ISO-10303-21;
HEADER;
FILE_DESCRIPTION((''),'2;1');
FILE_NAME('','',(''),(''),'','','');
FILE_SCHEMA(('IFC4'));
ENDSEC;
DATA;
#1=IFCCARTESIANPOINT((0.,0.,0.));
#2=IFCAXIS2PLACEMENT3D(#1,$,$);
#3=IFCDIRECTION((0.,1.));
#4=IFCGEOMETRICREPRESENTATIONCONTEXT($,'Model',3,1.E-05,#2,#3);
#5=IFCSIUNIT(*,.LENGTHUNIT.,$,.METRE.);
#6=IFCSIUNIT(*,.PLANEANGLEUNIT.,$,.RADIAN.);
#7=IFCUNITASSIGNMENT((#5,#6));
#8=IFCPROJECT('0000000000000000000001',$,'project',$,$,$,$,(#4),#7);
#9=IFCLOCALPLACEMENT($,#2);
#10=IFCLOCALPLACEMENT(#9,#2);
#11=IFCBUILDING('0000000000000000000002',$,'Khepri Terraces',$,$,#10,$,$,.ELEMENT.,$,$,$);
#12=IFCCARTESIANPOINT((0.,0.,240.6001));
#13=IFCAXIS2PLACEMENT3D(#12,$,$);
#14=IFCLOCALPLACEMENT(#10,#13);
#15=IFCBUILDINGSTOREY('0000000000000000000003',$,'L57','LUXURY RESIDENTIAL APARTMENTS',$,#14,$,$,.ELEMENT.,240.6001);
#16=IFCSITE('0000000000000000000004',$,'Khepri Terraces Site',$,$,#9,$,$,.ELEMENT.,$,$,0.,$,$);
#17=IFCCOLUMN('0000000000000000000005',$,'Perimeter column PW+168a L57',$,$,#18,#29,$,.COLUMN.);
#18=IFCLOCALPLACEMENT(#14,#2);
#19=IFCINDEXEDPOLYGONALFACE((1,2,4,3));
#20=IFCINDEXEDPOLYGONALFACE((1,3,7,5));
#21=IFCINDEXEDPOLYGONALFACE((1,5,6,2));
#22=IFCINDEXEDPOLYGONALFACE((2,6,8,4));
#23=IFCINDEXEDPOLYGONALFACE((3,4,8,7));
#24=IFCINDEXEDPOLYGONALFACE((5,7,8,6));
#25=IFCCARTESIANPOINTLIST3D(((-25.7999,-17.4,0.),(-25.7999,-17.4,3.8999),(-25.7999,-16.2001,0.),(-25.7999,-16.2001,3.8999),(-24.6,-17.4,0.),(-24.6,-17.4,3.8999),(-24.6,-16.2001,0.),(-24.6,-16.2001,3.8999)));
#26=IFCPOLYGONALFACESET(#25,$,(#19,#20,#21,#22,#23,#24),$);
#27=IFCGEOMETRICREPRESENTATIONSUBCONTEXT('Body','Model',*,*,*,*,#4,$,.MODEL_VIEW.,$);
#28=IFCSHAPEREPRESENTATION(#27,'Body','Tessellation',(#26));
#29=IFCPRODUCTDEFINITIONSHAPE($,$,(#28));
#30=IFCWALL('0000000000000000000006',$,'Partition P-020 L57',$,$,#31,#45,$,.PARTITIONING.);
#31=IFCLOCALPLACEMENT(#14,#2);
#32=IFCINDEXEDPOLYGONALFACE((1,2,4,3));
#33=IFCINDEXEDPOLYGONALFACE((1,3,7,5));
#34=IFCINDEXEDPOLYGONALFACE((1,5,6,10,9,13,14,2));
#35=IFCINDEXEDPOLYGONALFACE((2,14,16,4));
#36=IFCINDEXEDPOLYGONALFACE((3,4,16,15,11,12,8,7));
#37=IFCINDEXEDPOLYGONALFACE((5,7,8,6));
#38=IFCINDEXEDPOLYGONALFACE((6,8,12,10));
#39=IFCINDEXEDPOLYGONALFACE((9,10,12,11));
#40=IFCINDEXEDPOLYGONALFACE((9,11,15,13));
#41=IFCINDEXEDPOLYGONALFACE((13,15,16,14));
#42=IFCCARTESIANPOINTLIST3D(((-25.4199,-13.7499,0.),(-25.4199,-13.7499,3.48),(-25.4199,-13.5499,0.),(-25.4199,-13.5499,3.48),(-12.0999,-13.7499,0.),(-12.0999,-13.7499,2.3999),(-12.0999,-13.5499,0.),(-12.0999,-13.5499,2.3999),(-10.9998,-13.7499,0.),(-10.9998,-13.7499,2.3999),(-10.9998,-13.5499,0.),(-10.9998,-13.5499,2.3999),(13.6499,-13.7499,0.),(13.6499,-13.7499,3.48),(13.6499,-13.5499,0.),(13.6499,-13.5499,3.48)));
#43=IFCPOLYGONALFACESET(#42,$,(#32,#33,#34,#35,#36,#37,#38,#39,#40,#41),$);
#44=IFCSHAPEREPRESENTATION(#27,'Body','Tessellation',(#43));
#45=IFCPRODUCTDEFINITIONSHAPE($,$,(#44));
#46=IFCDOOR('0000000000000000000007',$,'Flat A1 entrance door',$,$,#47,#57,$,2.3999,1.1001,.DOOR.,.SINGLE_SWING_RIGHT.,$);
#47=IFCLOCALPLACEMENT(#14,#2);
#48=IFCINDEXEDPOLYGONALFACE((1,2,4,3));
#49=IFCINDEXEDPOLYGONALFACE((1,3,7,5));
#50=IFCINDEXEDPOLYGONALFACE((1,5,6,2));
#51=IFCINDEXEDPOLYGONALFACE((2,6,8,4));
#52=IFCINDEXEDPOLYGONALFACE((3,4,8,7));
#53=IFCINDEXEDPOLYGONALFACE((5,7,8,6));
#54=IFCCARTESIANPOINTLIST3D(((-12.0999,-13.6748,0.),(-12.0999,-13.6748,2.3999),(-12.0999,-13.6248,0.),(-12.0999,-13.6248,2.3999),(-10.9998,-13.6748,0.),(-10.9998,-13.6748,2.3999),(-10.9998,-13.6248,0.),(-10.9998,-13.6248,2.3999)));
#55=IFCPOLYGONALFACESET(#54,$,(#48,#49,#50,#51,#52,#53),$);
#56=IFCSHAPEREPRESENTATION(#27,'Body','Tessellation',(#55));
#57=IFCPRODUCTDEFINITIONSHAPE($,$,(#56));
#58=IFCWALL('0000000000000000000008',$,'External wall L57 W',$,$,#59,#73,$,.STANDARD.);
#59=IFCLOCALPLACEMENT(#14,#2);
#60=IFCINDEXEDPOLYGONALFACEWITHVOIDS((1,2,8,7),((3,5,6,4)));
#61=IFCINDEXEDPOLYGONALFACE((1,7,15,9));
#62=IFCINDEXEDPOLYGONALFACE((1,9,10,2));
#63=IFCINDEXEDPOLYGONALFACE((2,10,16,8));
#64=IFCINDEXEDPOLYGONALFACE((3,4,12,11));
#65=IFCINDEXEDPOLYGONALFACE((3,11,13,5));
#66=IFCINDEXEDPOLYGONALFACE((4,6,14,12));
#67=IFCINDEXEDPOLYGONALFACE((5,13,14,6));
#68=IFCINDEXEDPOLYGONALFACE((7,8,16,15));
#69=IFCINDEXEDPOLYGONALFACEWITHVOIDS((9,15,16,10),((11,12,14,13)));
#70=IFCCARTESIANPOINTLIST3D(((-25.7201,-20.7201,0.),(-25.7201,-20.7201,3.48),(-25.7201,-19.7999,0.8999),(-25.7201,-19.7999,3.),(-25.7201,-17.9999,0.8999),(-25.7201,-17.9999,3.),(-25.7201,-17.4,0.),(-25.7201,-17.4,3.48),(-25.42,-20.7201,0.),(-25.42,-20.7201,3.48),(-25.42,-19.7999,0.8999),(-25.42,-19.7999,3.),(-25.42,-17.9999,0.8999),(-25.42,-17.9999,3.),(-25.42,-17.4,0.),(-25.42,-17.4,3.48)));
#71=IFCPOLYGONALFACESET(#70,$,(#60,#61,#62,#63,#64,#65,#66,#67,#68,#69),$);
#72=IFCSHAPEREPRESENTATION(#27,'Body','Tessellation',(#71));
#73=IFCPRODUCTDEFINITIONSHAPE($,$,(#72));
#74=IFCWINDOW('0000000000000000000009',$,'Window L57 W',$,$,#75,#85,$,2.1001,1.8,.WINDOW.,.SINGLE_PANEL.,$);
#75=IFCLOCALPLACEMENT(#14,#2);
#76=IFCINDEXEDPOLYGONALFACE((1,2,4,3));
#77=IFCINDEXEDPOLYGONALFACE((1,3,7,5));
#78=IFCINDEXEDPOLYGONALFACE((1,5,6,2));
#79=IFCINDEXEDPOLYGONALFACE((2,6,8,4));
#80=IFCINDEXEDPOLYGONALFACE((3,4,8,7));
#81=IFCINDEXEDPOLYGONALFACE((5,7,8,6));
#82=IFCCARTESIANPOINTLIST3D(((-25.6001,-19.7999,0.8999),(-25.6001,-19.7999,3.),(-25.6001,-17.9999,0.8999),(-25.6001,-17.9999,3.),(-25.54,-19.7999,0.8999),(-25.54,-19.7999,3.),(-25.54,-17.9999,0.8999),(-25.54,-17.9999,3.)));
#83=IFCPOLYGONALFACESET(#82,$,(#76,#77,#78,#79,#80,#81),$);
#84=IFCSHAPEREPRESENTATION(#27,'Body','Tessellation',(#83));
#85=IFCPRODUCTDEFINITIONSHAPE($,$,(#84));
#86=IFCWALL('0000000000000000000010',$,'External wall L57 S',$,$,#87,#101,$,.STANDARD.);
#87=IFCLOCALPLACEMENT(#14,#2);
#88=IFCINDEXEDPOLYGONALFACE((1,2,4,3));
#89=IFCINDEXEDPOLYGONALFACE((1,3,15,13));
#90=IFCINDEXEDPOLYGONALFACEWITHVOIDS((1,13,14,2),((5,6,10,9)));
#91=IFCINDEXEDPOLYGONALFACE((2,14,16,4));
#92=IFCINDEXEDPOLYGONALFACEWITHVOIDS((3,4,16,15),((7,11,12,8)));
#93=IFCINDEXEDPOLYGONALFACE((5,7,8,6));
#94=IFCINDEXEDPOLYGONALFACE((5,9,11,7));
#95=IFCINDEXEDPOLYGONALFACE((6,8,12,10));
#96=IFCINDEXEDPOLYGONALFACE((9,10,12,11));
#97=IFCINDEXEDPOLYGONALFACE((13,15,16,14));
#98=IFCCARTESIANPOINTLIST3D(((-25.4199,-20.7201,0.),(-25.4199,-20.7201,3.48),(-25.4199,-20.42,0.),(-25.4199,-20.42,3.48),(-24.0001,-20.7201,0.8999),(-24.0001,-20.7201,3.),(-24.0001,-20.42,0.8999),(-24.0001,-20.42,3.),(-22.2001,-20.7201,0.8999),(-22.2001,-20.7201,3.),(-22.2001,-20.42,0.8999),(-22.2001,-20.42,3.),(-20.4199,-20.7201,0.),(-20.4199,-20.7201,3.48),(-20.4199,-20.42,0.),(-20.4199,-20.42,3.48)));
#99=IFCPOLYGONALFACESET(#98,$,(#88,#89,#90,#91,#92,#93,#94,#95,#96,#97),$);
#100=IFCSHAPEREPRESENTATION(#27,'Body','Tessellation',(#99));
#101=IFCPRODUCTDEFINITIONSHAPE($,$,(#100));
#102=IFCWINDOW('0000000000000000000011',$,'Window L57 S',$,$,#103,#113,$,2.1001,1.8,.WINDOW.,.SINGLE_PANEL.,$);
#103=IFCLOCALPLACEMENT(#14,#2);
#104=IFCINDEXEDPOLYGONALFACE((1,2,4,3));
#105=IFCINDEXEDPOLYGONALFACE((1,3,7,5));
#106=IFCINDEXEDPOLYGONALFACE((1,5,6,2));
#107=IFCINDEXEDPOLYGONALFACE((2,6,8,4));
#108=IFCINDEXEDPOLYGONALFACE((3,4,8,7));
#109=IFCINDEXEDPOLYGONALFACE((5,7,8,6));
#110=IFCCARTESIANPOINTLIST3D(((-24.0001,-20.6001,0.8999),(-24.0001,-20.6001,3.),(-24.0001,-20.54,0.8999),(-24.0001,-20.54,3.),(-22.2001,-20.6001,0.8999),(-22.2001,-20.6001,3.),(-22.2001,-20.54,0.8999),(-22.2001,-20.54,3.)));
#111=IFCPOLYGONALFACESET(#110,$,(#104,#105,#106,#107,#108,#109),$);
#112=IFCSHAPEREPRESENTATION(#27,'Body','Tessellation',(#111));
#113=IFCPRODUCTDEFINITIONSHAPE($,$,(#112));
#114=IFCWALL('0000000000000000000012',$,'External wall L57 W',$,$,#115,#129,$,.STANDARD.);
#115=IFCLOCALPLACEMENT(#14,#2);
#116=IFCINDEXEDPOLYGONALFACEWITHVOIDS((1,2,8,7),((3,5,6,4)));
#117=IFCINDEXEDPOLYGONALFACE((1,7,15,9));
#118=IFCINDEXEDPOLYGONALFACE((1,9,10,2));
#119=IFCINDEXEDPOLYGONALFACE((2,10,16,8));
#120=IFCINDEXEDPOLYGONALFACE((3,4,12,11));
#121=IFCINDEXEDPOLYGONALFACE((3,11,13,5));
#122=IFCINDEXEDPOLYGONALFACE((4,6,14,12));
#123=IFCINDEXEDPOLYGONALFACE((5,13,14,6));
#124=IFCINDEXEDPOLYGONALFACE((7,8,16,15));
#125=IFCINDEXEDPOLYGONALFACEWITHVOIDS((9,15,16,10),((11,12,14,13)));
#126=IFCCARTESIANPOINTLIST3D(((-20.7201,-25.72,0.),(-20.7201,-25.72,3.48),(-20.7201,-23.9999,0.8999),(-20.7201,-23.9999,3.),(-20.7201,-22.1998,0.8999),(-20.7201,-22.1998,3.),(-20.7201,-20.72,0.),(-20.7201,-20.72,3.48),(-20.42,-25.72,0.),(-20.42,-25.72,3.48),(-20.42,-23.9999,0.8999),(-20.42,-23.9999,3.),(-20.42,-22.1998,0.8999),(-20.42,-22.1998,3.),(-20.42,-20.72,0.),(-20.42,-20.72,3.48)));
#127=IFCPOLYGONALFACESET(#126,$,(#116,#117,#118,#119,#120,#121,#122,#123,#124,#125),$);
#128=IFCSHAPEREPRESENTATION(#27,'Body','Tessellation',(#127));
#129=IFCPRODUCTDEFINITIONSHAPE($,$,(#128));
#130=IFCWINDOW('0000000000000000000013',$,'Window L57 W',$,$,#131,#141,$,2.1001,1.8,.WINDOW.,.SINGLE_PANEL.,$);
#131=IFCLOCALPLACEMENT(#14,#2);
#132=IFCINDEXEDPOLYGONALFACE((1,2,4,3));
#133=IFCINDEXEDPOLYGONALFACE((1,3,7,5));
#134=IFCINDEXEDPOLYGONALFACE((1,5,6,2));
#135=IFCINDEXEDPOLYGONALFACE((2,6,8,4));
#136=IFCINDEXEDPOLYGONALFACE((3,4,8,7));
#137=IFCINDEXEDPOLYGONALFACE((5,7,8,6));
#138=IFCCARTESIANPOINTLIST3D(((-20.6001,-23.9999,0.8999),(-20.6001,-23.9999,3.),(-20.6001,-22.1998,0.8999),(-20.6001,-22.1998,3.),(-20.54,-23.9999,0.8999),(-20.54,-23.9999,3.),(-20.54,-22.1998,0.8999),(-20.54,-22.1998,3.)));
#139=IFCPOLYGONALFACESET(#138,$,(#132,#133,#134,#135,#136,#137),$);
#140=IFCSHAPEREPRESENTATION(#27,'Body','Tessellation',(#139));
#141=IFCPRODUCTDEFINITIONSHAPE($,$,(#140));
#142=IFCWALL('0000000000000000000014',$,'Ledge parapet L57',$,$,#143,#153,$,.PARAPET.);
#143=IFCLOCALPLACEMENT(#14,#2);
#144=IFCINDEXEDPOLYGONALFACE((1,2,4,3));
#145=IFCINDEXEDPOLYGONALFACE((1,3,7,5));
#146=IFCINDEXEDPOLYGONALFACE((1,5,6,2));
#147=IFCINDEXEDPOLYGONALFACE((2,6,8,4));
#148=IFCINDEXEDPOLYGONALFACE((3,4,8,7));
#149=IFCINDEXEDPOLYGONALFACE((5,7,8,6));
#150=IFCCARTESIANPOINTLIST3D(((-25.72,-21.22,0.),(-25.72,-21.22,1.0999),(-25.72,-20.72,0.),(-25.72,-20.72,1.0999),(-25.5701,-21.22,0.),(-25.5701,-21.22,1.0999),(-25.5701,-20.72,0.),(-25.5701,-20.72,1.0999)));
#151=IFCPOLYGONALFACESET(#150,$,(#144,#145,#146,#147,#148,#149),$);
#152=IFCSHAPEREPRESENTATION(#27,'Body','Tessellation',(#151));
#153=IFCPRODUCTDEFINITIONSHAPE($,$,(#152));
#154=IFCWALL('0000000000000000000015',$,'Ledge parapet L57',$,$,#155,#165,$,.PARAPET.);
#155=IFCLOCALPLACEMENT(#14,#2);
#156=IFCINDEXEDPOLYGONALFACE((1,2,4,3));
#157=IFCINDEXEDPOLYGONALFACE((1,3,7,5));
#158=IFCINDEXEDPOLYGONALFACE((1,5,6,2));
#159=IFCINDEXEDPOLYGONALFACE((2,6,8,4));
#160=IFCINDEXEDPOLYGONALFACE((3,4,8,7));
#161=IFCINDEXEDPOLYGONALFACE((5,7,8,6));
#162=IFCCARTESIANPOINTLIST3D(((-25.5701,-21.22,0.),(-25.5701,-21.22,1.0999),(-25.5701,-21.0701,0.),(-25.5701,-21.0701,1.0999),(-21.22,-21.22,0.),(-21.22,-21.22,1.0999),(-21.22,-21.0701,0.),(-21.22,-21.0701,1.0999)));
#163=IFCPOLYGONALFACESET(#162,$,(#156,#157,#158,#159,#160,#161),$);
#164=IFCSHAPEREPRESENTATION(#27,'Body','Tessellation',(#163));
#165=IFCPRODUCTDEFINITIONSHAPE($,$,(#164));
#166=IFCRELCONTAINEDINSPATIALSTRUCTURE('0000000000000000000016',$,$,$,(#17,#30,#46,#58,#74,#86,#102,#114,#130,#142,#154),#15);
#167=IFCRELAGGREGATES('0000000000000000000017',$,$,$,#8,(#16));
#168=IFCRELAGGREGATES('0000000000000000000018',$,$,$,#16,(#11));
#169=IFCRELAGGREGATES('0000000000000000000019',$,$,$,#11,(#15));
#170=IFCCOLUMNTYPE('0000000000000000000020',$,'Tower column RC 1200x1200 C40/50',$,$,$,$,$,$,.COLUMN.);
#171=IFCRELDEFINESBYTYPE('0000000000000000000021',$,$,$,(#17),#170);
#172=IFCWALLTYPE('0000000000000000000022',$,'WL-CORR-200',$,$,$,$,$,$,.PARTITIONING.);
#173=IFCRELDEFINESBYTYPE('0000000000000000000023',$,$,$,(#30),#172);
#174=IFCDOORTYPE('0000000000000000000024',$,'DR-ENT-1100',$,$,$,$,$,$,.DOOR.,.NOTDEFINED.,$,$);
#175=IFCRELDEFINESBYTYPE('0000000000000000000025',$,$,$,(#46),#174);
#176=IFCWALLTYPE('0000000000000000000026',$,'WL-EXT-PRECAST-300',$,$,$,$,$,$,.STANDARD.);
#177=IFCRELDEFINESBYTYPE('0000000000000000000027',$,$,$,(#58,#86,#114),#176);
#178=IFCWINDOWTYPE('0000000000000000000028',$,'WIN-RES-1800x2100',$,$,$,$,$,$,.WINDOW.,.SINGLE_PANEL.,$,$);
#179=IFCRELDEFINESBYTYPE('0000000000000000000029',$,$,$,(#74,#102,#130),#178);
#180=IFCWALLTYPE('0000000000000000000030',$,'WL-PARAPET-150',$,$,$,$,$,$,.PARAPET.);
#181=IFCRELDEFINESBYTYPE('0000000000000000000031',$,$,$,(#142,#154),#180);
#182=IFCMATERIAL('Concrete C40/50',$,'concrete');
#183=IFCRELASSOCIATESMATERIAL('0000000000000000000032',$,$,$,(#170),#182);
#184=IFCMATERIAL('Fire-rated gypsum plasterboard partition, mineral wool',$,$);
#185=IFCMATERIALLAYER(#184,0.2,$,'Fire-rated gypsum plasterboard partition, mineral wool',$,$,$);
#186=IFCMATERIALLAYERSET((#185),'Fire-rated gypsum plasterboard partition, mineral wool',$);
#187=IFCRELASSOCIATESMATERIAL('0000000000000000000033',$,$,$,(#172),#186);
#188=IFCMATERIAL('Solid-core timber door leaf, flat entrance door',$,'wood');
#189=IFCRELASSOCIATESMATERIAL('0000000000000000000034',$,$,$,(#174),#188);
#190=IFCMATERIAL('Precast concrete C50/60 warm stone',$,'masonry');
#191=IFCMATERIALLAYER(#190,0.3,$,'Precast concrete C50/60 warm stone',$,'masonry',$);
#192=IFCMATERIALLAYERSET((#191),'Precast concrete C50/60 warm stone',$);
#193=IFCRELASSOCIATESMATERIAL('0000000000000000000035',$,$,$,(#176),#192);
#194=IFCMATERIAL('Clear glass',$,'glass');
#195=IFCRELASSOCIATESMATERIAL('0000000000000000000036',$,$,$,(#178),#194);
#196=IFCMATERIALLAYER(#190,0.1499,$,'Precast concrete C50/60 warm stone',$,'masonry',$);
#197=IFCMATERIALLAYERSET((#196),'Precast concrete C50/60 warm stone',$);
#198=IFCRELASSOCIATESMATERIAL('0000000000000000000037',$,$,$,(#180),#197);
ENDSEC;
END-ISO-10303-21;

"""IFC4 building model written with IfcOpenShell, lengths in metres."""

from ifc_helpers import new_model, si_unit, direction, frame, frame_2d, origin, origin_2d, place, context, subcontext, project, spatial, rectangle, extrude, material, layer, layer_set, material_profile, profile_set, type_object, element, fill, save


model = new_model("IFC4")

# Units and contexts
model_context = context("Model", 3, precision=1e-05, world=origin(), true_north=direction((0.0, 1.0)))
body_context = subcontext(model_context, "Body", "Model", "MODEL_VIEW")
ifc_project = project(units=[si_unit("LENGTHUNIT", "METRE"), si_unit("PLANEANGLEUNIT", "RADIAN")], contexts=[model_context])

# Site, building, storey
site_placement = place(None, origin())
site = spatial("IfcSite", under=ifc_project, at=site_placement, Name="Khepri Terraces Site", CompositionType="ELEMENT", RefElevation=0.0)
building_placement = place(site_placement, origin())
building = spatial("IfcBuilding", under=site, at=building_placement, Name="Khepri Terraces", CompositionType="ELEMENT")
storey_placement = place(building_placement, frame((0.0, 0.0, 240.6001)))
storey = spatial("IfcBuildingStorey", under=building, at=storey_placement, Name="L57", Description="LUXURY RESIDENTIAL APARTMENTS", CompositionType="ELEMENT", Elevation=240.6001)

# Column
ifc_material_1 = material(Name="Concrete C40/50", Category="concrete")
ifc_material_profile = material_profile(ifc_material_1, rectangle(XDim=1.2, YDim=1.2, at=origin_2d()), Name="Concrete C40/50", Category="concrete")
ifc_profile_set = profile_set([ifc_material_profile], Name="Concrete C40/50")
column_type = type_object("IfcColumnType", Name="Tower column RC 1200x1200 C40/50", PredefinedType="COLUMN", material=ifc_profile_set)
column_placement = place(storey_placement, frame((-25.2, -16.8, 0.0), z_axis=(0.0, 0.0, 1.0), x_axis=(1.0, 0.0, 0.0)))
element("IfcColumn", 1, at=column_placement, inside=storey, type_object=column_type, Name="Perimeter column PW+168a L57", PredefinedType="COLUMN", context=body_context, shape_type="SweptSolid", body=[
    extrude(rectangle(XDim=1.2, YDim=1.2, at=origin_2d()), origin(), (0.0, 0.0, 1.0), 3.8999),
])

# Wall, opening, door
ifc_material_2 = material(Name="Fire-rated gypsum plasterboard partition, mineral wool")
ifc_layer_1 = layer(ifc_material_2, 0.2, Name="Fire-rated gypsum plasterboard partition, mineral wool")
ifc_layer_set_1 = layer_set([ifc_layer_1], Name="Fire-rated gypsum plasterboard partition, mineral wool")
wall_type_1 = type_object("IfcWallType", Name="WL-CORR-200", PredefinedType="PARTITIONING", material=ifc_layer_set_1)
wall_1_placement = place(storey_placement, frame((-25.4199, -13.6499, 0.0), z_axis=(0.0, 0.0, 1.0), x_axis=(1.0, 0.0, 0.0)))
wall_1 = element("IfcWall", 2, at=wall_1_placement, inside=storey, type_object=wall_type_1, Name="Partition P-020 L57", PredefinedType="PARTITIONING", context=body_context, shape_type="SweptSolid", body=[
    extrude(rectangle(XDim=39.0698, YDim=0.2, at=frame_2d((19.5349, 0.0))), origin(), (0.0, 0.0, 1.0), 3.48),
])
opening_1_placement = place(wall_1_placement, frame((13.3201, 0.0, 0.0)))
opening_1 = element("IfcOpeningElement", 3, at=opening_1_placement, cuts=wall_1, PredefinedType="OPENING", context=body_context, shape_type="SweptSolid", body=[
    extrude(rectangle(XDim=1.1001, YDim=2.3999, at=frame_2d((0.55, 1.2))), frame((0.0, 0.1099, 0.0), z_axis=(0.0, -1.0, 0.0), x_axis=(1.0, 0.0, 0.0)), (0.0, 0.0, 1.0), 0.22),
])
ifc_material_3 = material(Name="Solid-core timber door leaf, flat entrance door", Category="wood")
door_type_1 = type_object("IfcDoorType", Name="DR-ENT-1100", OperationType="NOTDEFINED", PredefinedType="DOOR", material=ifc_material_3)
door_1_placement = place(opening_1_placement, frame((1.1001, 0.0, 0.0), z_axis=(0.0, 0.0, 1.0), x_axis=(-1.0, 0.0, 0.0)))
door_1 = element("IfcDoor", 4, at=door_1_placement, inside=storey, type_object=door_type_1, Name="Flat A1 entrance door", OperationType="SINGLE_SWING_RIGHT", OverallHeight=2.3999, OverallWidth=1.1001, PredefinedType="DOOR", context=body_context, shape_type="SweptSolid", body=[
    extrude(rectangle(XDim=1.1001, YDim=2.3999, at=frame_2d((0.55, 1.2))), frame((0.0, 0.0249, 0.0), z_axis=(0.0, -1.0, 0.0), x_axis=(1.0, 0.0, 0.0)), (0.0, 0.0, 1.0), 0.05),
])
fill(opening_1, door_1)

# Walls, openings, windows
ifc_material_4 = material(Name="Precast concrete C50/60 warm stone", Category="masonry")
ifc_layer_2 = layer(ifc_material_4, 0.3, Name="Precast concrete C50/60 warm stone", Category="masonry")
ifc_layer_set_2 = layer_set([ifc_layer_2], Name="Precast concrete C50/60 warm stone")
wall_type_2 = type_object("IfcWallType", Name="WL-EXT-PRECAST-300", PredefinedType="STANDARD", material=ifc_layer_set_2)
wall_2_placement = place(storey_placement, frame((-25.5701, -17.3999, 0.0), z_axis=(0.0, 0.0, 1.0), x_axis=(0.0, -1.0, 0.0)))
wall_2 = element("IfcWall", 5, at=wall_2_placement, inside=storey, type_object=wall_type_2, Name="External wall L57 W", PredefinedType="STANDARD", context=body_context, shape_type="SweptSolid", body=[
    extrude(rectangle(XDim=3.3201, YDim=0.3, at=frame_2d((1.6602, 0.0))), origin(), (0.0, 0.0, 1.0), 3.48),
])
opening_2_placement = place(wall_2_placement, frame((0.6001, 0.0, 0.8999)))
opening_2 = element("IfcOpeningElement", 6, at=opening_2_placement, cuts=wall_2, PredefinedType="OPENING", context=body_context, shape_type="SweptSolid", body=[
    extrude(rectangle(XDim=1.8, YDim=2.1001, at=frame_2d((0.8999, 1.05))), frame((0.0, 0.1602, 0.0), z_axis=(0.0, -1.0, 0.0), x_axis=(1.0, 0.0, 0.0)), (0.0, 0.0, 1.0), 0.3201),
])
ifc_material_5 = material(Name="Clear glass", Category="glass")
window_type = type_object("IfcWindowType", Name="WIN-RES-1800x2100", PartitioningType="SINGLE_PANEL", PredefinedType="WINDOW", material=ifc_material_5)
window_1_placement = place(opening_2_placement, origin())
window_1 = element("IfcWindow", 7, at=window_1_placement, inside=storey, type_object=window_type, Name="Window L57 W", OverallHeight=2.1001, OverallWidth=1.8, PartitioningType="SINGLE_PANEL", PredefinedType="WINDOW", context=body_context, shape_type="SweptSolid", body=[
    extrude(rectangle(XDim=1.8, YDim=2.1001, at=frame_2d((0.8999, 1.05))), frame((0.0, 0.03, 0.0), z_axis=(0.0, -1.0, 0.0), x_axis=(1.0, 0.0, 0.0)), (0.0, 0.0, 1.0), 0.0601),
])
fill(opening_2, window_1)
wall_3_placement = place(storey_placement, frame((-25.4199, -20.5701, 0.0), z_axis=(0.0, 0.0, 1.0), x_axis=(1.0, 0.0, 0.0)))
wall_3 = element("IfcWall", 8, at=wall_3_placement, inside=storey, type_object=wall_type_2, Name="External wall L57 S", PredefinedType="STANDARD", context=body_context, shape_type="SweptSolid", body=[
    extrude(rectangle(XDim=5.0, YDim=0.3, at=frame_2d((2.5, 0.0))), origin(), (0.0, 0.0, 1.0), 3.48),
])
opening_3_placement = place(wall_3_placement, frame((1.4199, 0.0, 0.8999)))
opening_3 = element("IfcOpeningElement", 9, at=opening_3_placement, cuts=wall_3, PredefinedType="OPENING", context=body_context, shape_type="SweptSolid", body=[
    extrude(rectangle(XDim=1.8, YDim=2.1001, at=frame_2d((0.8999, 1.05))), frame((0.0, 0.1602, 0.0), z_axis=(0.0, -1.0, 0.0), x_axis=(1.0, 0.0, 0.0)), (0.0, 0.0, 1.0), 0.3201),
])
window_2_placement = place(opening_3_placement, origin())
window_2 = element("IfcWindow", 10, at=window_2_placement, inside=storey, type_object=window_type, Name="Window L57 S", OverallHeight=2.1001, OverallWidth=1.8, PartitioningType="SINGLE_PANEL", PredefinedType="WINDOW", context=body_context, shape_type="SweptSolid", body=[
    extrude(rectangle(XDim=1.8, YDim=2.1001, at=frame_2d((0.8999, 1.05))), frame((0.0, 0.03, 0.0), z_axis=(0.0, -1.0, 0.0), x_axis=(1.0, 0.0, 0.0)), (0.0, 0.0, 1.0), 0.0601),
])
fill(opening_3, window_2)
wall_4_placement = place(storey_placement, frame((-20.5701, -20.72, 0.0), z_axis=(0.0, 0.0, 1.0), x_axis=(0.0, -1.0, 0.0)))
wall_4 = element("IfcWall", 11, at=wall_4_placement, inside=storey, type_object=wall_type_2, Name="External wall L57 W", PredefinedType="STANDARD", context=body_context, shape_type="SweptSolid", body=[
    extrude(rectangle(XDim=5.0, YDim=0.3, at=frame_2d((2.5, 0.0))), origin(), (0.0, 0.0, 1.0), 3.48),
])
opening_4_placement = place(wall_4_placement, frame((1.48, 0.0, 0.8999)))
opening_4 = element("IfcOpeningElement", 12, at=opening_4_placement, cuts=wall_4, PredefinedType="OPENING", context=body_context, shape_type="SweptSolid", body=[
    extrude(rectangle(XDim=1.8, YDim=2.1001, at=frame_2d((0.8999, 1.05))), frame((0.0, 0.1602, 0.0), z_axis=(0.0, -1.0, 0.0), x_axis=(1.0, 0.0, 0.0)), (0.0, 0.0, 1.0), 0.3201),
])
window_3_placement = place(opening_4_placement, origin())
window_3 = element("IfcWindow", 13, at=window_3_placement, inside=storey, type_object=window_type, Name="Window L57 W", OverallHeight=2.1001, OverallWidth=1.8, PartitioningType="SINGLE_PANEL", PredefinedType="WINDOW", context=body_context, shape_type="SweptSolid", body=[
    extrude(rectangle(XDim=1.8, YDim=2.1001, at=frame_2d((0.8999, 1.05))), frame((0.0, 0.03, 0.0), z_axis=(0.0, -1.0, 0.0), x_axis=(1.0, 0.0, 0.0)), (0.0, 0.0, 1.0), 0.0601),
])
fill(opening_4, window_3)

# Walls
ifc_layer_3 = layer(ifc_material_4, 0.1499, Name="Precast concrete C50/60 warm stone", Category="masonry")
ifc_layer_set_3 = layer_set([ifc_layer_3], Name="Precast concrete C50/60 warm stone")
wall_type_3 = type_object("IfcWallType", Name="WL-PARAPET-150", PredefinedType="PARAPET", material=ifc_layer_set_3)
wall_5_placement = place(storey_placement, frame((-25.645, -21.22, 0.0), z_axis=(0.0, 0.0, 1.0), x_axis=(0.0, 1.0, 0.0)))
element("IfcWall", 14, at=wall_5_placement, inside=storey, type_object=wall_type_3, Name="Ledge parapet L57", PredefinedType="PARAPET", context=body_context, shape_type="SweptSolid", body=[
    extrude(rectangle(XDim=0.5, YDim=0.1499, at=frame_2d((0.25, 0.0))), origin(), (0.0, 0.0, 1.0), 1.0999),
])
wall_6_placement = place(storey_placement, frame((-25.5701, -21.145, 0.0), z_axis=(0.0, 0.0, 1.0), x_axis=(1.0, 0.0, 0.0)))
element("IfcWall", 15, at=wall_6_placement, inside=storey, type_object=wall_type_3, Name="Ledge parapet L57", PredefinedType="PARAPET", context=body_context, shape_type="SweptSolid", body=[
    extrude(rectangle(XDim=4.3501, YDim=0.1499, at=frame_2d((2.175, 0.0))), origin(), (0.0, 0.0, 1.0), 1.0999),
])

save(model, "model.ifc")
